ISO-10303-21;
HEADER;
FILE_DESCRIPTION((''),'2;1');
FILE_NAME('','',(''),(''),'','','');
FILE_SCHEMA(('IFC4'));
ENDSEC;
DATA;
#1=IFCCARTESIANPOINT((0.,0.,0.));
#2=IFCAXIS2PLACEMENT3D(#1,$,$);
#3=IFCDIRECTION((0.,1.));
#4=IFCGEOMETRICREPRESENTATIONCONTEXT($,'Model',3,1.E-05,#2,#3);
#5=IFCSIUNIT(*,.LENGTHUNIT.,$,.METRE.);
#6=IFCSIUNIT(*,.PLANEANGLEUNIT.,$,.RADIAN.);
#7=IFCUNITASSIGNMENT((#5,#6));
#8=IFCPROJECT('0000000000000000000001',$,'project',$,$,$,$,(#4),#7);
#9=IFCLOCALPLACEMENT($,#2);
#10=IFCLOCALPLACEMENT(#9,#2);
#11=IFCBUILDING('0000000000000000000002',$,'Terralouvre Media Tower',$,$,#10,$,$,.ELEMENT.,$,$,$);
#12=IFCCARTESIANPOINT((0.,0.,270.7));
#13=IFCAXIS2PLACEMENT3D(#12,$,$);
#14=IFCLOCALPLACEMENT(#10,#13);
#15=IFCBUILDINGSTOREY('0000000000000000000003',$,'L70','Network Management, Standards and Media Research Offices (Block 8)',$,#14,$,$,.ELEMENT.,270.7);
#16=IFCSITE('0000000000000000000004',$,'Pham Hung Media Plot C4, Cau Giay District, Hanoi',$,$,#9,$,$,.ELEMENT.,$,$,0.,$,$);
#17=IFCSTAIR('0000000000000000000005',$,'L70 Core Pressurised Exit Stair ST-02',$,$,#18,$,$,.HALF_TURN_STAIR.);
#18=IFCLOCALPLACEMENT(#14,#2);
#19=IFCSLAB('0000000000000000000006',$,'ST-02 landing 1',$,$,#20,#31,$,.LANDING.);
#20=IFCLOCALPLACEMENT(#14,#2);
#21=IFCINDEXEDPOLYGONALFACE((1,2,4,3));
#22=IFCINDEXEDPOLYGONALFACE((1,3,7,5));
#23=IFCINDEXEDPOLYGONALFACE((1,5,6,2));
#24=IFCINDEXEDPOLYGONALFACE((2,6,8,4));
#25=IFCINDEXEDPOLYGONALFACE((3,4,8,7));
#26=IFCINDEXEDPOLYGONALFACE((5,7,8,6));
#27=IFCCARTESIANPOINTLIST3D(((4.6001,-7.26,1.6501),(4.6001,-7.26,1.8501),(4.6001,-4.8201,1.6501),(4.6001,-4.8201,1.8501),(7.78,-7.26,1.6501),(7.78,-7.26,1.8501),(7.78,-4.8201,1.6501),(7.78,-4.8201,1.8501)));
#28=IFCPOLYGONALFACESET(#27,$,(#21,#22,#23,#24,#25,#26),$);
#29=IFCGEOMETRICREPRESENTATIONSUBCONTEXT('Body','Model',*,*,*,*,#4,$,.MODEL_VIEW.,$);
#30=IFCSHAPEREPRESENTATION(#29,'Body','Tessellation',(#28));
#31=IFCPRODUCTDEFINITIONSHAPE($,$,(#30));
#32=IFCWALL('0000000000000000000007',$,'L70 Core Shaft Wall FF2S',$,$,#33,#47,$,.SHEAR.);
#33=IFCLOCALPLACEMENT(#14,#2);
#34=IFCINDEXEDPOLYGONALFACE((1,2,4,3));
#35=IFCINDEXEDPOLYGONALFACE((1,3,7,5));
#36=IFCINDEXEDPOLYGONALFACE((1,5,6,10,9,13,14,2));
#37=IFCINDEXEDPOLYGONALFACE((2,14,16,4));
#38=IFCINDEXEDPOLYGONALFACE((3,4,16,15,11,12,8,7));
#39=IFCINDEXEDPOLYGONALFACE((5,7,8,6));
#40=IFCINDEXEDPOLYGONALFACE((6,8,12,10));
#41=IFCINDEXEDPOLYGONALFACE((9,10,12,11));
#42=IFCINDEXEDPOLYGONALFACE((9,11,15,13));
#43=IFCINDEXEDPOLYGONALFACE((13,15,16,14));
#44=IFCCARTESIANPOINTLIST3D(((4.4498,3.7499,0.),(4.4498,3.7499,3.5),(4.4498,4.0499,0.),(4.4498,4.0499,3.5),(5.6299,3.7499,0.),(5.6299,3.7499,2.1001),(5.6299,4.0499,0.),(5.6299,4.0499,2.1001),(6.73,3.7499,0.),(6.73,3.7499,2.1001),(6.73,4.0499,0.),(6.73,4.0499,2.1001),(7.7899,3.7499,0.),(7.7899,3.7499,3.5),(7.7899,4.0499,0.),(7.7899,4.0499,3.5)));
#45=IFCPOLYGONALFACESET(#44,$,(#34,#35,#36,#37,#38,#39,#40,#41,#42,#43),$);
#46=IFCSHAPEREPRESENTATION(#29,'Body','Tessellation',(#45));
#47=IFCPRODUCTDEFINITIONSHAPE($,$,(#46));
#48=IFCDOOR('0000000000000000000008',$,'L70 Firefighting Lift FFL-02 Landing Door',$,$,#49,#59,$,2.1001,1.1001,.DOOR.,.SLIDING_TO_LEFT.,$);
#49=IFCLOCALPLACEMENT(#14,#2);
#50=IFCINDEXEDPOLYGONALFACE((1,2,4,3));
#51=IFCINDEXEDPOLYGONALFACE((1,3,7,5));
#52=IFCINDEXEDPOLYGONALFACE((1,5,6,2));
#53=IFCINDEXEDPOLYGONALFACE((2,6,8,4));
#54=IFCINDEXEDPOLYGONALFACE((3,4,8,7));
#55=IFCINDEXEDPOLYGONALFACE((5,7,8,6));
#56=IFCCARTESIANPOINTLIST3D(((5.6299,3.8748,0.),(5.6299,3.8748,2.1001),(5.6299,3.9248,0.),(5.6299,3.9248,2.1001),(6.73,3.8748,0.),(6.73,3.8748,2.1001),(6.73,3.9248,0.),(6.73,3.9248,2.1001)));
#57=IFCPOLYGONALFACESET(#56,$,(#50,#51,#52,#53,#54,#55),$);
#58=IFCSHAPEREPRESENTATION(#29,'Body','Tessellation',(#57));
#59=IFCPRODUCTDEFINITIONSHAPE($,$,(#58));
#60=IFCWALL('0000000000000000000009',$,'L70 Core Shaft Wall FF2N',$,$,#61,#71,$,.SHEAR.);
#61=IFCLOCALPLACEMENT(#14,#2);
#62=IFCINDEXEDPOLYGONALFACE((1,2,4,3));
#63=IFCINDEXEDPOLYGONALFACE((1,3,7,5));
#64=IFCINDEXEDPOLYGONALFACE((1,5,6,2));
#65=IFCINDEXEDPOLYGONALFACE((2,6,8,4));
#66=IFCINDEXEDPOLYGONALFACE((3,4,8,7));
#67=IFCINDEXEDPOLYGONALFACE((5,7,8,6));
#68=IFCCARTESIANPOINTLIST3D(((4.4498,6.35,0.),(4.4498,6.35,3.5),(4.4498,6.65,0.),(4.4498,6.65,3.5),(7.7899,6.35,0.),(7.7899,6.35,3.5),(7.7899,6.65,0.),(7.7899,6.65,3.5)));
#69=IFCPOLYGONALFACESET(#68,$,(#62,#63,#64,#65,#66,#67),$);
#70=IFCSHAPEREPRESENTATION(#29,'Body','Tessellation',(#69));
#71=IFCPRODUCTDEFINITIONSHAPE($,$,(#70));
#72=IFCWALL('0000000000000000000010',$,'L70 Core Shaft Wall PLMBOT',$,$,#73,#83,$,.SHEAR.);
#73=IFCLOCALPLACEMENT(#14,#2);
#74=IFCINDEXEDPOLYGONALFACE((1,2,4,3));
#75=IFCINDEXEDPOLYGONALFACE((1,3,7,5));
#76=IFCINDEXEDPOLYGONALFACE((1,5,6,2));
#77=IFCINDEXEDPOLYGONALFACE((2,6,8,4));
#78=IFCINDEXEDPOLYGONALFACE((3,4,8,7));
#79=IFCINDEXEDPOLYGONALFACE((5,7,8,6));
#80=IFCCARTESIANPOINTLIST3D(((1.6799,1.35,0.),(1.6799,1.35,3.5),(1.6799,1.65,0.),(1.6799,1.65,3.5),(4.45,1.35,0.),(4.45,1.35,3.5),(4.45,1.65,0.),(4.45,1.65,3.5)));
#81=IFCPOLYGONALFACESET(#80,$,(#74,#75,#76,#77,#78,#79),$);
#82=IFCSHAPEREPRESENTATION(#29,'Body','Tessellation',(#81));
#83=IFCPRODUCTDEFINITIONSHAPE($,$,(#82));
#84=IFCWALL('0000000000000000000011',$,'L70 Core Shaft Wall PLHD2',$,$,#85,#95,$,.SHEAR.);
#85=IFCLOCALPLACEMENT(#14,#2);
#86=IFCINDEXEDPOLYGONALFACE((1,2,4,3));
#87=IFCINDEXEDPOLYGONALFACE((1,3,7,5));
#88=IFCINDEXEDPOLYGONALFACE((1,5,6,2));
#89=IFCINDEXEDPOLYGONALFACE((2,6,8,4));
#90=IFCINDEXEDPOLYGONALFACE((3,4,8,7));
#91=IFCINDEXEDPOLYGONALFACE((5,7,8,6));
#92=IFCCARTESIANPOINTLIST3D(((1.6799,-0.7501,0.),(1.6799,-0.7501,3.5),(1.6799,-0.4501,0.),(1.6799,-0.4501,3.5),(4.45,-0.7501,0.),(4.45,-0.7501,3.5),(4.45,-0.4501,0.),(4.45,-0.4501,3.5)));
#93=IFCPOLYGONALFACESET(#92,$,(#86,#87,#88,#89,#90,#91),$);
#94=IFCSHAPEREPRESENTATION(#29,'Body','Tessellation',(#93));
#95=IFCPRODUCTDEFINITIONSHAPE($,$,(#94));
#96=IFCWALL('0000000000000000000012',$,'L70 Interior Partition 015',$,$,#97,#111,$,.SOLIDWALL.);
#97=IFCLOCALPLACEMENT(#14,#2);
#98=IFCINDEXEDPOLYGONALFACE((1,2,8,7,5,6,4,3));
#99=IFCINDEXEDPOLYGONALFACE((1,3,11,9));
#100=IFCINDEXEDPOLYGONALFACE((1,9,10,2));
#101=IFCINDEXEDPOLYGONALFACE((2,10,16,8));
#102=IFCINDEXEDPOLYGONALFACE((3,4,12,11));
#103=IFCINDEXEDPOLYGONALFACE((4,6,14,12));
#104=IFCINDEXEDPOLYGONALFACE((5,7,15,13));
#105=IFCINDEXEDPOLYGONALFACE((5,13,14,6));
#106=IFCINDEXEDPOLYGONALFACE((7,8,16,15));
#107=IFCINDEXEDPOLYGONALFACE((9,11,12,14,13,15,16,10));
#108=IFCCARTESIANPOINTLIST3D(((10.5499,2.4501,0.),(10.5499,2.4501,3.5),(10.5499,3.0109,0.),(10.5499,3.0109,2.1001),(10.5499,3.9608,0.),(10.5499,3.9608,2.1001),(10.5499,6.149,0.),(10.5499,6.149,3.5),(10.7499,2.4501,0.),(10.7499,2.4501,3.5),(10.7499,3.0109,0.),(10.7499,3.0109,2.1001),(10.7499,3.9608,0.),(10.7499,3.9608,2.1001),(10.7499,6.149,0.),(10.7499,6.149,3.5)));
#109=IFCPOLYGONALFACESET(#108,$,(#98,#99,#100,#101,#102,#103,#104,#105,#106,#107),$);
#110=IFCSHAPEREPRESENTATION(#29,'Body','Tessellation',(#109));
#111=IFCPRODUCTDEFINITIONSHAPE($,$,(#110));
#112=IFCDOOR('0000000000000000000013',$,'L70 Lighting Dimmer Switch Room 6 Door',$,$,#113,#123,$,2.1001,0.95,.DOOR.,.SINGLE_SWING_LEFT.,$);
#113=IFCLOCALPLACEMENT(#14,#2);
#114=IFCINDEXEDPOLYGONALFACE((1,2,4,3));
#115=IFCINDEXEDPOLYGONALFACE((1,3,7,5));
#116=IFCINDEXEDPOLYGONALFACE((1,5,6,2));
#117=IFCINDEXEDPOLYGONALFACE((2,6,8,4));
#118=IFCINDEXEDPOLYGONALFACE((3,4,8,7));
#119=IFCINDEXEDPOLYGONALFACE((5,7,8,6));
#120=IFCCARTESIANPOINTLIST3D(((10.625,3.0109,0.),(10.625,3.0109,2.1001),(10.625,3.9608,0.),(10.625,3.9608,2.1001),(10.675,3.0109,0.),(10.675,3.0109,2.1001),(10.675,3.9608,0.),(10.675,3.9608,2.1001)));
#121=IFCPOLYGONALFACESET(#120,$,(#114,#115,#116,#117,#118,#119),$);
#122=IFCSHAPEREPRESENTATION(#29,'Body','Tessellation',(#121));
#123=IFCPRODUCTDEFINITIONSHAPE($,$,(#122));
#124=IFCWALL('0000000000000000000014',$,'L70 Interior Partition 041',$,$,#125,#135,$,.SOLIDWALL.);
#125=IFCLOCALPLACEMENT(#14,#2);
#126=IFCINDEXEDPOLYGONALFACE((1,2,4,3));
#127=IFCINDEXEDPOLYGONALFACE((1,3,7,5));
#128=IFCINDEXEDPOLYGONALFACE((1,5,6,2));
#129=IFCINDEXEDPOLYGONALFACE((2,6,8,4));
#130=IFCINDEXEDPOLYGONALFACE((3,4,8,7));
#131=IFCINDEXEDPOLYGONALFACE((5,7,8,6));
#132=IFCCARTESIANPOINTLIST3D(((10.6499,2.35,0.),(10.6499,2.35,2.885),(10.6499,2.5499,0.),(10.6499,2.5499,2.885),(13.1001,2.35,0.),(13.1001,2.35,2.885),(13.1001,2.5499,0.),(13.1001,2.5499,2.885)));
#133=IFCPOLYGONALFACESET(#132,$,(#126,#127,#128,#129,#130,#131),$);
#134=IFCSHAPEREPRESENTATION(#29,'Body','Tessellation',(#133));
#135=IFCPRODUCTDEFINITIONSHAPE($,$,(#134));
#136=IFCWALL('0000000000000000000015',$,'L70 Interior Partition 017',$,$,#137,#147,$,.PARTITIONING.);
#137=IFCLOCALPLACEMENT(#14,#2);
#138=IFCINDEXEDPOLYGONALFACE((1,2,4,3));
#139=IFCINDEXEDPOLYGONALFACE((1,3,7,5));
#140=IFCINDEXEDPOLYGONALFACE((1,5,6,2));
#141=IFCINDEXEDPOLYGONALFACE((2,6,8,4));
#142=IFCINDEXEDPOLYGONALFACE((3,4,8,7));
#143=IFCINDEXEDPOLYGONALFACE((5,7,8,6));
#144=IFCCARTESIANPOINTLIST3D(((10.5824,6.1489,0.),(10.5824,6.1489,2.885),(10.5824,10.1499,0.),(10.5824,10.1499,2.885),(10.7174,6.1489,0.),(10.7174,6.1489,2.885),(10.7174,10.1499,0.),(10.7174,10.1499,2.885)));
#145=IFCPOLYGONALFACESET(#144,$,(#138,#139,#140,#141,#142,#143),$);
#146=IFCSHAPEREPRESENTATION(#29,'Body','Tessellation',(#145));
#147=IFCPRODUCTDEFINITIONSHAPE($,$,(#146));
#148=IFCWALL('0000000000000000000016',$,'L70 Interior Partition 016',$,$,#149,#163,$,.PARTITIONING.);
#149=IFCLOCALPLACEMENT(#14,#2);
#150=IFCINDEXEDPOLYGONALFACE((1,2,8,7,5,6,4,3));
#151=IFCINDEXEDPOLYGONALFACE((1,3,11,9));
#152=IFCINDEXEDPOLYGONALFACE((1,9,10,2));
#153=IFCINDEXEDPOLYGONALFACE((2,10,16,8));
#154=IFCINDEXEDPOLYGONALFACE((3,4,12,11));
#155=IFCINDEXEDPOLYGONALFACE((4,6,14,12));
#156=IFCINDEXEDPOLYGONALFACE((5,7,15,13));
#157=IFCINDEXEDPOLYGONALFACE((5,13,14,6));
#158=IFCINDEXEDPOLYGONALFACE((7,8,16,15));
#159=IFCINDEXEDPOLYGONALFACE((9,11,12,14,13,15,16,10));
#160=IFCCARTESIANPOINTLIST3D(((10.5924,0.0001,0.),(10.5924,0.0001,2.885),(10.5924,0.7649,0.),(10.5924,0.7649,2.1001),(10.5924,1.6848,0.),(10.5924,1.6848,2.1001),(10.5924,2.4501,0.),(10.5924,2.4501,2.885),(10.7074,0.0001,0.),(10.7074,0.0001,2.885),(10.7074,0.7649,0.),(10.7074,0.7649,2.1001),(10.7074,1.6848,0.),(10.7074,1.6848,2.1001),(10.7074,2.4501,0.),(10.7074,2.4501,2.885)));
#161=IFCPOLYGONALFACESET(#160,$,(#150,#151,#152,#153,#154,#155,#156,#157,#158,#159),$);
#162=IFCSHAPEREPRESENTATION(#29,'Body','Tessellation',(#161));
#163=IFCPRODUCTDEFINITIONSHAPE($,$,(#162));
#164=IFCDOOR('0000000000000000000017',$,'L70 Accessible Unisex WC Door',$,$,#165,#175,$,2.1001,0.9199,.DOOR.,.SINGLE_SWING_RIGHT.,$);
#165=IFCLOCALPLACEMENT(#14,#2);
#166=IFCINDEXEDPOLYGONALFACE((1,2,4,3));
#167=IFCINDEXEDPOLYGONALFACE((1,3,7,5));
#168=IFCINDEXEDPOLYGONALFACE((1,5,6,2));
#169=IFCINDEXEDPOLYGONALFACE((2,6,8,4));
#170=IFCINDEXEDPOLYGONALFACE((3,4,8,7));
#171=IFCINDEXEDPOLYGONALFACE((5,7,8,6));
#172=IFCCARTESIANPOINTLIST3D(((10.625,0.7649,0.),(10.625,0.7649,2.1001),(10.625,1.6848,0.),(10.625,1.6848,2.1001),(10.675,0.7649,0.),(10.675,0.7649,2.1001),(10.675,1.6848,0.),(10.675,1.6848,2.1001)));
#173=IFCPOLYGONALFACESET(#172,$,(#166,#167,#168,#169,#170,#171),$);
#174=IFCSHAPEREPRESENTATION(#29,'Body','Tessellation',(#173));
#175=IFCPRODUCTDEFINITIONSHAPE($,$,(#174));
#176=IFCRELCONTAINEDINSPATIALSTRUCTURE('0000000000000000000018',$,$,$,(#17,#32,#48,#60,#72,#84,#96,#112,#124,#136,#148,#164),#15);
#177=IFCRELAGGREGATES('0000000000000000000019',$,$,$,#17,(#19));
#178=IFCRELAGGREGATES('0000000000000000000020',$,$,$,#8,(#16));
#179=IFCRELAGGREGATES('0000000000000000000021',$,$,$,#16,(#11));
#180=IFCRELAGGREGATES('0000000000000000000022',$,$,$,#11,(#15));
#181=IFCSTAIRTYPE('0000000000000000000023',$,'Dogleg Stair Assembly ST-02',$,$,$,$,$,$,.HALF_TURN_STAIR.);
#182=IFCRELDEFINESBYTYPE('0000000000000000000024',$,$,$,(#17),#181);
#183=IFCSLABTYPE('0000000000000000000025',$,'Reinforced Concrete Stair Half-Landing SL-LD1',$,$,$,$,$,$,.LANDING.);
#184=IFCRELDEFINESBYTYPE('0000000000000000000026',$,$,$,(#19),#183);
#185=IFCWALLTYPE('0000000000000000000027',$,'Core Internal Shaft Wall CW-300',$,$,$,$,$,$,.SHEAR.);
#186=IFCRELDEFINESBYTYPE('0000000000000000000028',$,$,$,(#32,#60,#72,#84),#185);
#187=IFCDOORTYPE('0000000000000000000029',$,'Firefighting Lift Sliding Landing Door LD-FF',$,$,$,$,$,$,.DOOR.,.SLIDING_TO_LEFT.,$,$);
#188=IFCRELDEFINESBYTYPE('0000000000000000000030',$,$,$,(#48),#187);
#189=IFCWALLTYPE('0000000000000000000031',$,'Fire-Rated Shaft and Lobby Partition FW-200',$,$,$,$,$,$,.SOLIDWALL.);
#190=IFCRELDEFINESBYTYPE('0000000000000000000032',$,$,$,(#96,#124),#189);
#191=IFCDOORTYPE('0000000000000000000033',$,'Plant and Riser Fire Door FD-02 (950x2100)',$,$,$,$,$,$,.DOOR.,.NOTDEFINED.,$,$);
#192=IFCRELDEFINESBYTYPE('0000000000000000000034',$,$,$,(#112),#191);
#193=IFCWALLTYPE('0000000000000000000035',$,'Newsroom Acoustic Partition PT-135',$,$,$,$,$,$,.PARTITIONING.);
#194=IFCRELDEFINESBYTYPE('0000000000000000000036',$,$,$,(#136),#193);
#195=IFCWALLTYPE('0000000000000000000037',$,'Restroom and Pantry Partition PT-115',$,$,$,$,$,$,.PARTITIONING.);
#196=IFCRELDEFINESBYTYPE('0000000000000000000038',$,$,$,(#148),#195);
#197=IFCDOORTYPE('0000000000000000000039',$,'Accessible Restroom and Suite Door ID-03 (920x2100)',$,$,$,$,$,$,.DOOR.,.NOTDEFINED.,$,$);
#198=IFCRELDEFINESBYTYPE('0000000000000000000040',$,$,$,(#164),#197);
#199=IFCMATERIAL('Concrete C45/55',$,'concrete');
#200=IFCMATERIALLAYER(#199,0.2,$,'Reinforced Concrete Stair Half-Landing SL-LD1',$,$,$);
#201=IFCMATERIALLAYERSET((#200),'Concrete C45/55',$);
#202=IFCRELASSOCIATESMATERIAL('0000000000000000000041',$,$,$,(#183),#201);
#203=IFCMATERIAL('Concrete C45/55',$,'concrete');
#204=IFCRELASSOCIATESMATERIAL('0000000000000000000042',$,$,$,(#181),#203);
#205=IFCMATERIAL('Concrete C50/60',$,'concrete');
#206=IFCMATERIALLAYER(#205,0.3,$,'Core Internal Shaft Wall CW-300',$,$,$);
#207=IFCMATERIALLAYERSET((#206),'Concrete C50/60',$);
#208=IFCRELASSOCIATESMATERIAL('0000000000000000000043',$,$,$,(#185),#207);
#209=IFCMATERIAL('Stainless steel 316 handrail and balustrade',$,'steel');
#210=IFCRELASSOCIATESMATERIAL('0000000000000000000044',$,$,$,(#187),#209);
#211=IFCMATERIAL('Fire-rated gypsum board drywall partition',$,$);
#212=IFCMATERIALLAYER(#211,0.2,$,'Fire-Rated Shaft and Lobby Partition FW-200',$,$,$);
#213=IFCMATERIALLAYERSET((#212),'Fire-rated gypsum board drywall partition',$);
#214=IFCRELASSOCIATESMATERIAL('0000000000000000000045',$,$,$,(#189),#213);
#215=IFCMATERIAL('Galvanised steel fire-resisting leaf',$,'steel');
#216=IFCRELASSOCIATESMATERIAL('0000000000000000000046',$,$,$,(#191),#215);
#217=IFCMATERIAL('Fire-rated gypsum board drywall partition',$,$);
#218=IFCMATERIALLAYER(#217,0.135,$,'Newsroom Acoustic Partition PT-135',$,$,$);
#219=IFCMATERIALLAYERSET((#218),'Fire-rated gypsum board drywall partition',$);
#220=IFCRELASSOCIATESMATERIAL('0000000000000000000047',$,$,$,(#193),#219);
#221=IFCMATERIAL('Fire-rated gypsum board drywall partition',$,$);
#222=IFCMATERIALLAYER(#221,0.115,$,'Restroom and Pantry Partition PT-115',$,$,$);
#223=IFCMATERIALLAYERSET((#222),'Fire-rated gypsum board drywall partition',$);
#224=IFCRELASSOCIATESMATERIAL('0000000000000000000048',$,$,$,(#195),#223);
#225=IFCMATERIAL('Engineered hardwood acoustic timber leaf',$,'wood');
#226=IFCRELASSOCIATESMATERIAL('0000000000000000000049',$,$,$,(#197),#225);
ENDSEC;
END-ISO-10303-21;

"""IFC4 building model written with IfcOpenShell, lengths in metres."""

from ifc_helpers import new_model, si_unit, direction, frame, frame_2d, origin, place, context, subcontext, project, spatial, polyline, rectangle, outline, extrude, material, layer, layer_set, type_object, element, fill, aggregate, save


model = new_model("IFC4")

# Units and contexts
model_context = context("Model", 3, precision=1e-05, world=origin(), true_north=direction((0.0, 1.0)))
body_context = subcontext(model_context, "Body", "Model", "MODEL_VIEW")
ifc_project = project(units=[si_unit("LENGTHUNIT", "METRE"), si_unit("PLANEANGLEUNIT", "RADIAN")], contexts=[model_context])

# Site, building, storey
site_placement = place(None, origin())
site = spatial("IfcSite", under=ifc_project, at=site_placement, Name="Pham Hung Media Plot C4, Cau Giay District, Hanoi", CompositionType="ELEMENT", RefElevation=0.0)
building_placement = place(site_placement, origin())
building = spatial("IfcBuilding", under=site, at=building_placement, Name="Terralouvre Media Tower", CompositionType="ELEMENT")
storey_placement = place(building_placement, frame((0.0, 0.0, 270.7)))
storey = spatial("IfcBuildingStorey", under=building, at=storey_placement, Name="L70", Description="Network Management, Standards and Media Research Offices (Block 8)", CompositionType="ELEMENT", Elevation=270.7)

# Stair, slab
ifc_material_1 = material(Name="Concrete C45/55", Category="concrete")
ifc_layer_1 = layer(ifc_material_1, 0.2, Name="Reinforced Concrete Stair Half-Landing SL-LD1")
ifc_layer_set_1 = layer_set([ifc_layer_1], Name="Concrete C45/55")
slab_type = type_object("IfcSlabType", Name="Reinforced Concrete Stair Half-Landing SL-LD1", PredefinedType="LANDING", material=ifc_layer_set_1)
ifc_material_2 = material(Name="Concrete C45/55", Category="concrete")
stair_type_1 = type_object("IfcStairType", Name="Dogleg Stair Assembly ST-02", PredefinedType="HALF_TURN_STAIR", material=ifc_material_2)
stair_1_placement = place(storey_placement, origin())
stair_1 = element("IfcStair", 1, at=stair_1_placement, inside=storey, type_object=stair_type_1, Name="L70 Core Pressurised Exit Stair ST-02", PredefinedType="HALF_TURN_STAIR")
slab_1_placement = place(storey_placement, frame((0.0, 0.0, 1.6501)))
slab_1 = element("IfcSlab", 2, at=slab_1_placement, type_object=slab_type, Name="ST-02 landing 1", PredefinedType="LANDING", context=body_context, shape_type="SweptSolid", body=[
    extrude(outline(polyline([(4.6001, -4.8201), (4.6001, -7.26), (7.78, -7.26), (7.78, -4.8201), (4.6001, -4.8201)])), origin(), (0.0, 0.0, 1.0), 0.2),
])
aggregate(stair_1, [slab_1])

# Wall, opening, door
ifc_material_3 = material(Name="Concrete C50/60", Category="concrete")
ifc_layer_2 = layer(ifc_material_3, 0.3, Name="Core Internal Shaft Wall CW-300")
ifc_layer_set_2 = layer_set([ifc_layer_2], Name="Concrete C50/60")
wall_type_1 = type_object("IfcWallType", Name="Core Internal Shaft Wall CW-300", PredefinedType="SHEAR", material=ifc_layer_set_2)
wall_1_placement = place(storey_placement, frame((4.45, 3.8999, 0.0), z_axis=(0.0, 0.0, 1.0), x_axis=(1.0, 0.0, 0.0)))
wall_1 = element("IfcWall", 3, at=wall_1_placement, inside=storey, type_object=wall_type_1, Name="L70 Core Shaft Wall FF2S", PredefinedType="SHEAR", context=body_context, shape_type="SweptSolid", body=[
    extrude(rectangle(XDim=3.3401, YDim=0.3, at=frame_2d((1.6699, 0.0))), origin(), (0.0, 0.0, 1.0), 3.5),
])
opening_1_placement = place(wall_1_placement, frame((1.1799, 0.0, 0.0)))
opening_1 = element("IfcOpeningElement", 4, at=opening_1_placement, cuts=wall_1, PredefinedType="OPENING", context=body_context, shape_type="SweptSolid", body=[
    extrude(rectangle(XDim=1.1001, YDim=2.1001, at=frame_2d((0.55, 1.05))), frame((0.0, 0.1599, 0.0), z_axis=(0.0, -1.0, 0.0), x_axis=(1.0, 0.0, 0.0)), (0.0, 0.0, 1.0), 0.3201),
])
ifc_material_4 = material(Name="Stainless steel 316 handrail and balustrade", Category="steel")
door_type_1 = type_object("IfcDoorType", Name="Firefighting Lift Sliding Landing Door LD-FF", OperationType="SLIDING_TO_LEFT", PredefinedType="DOOR", material=ifc_material_4)
door_1_placement = place(opening_1_placement, origin())
door_1 = element("IfcDoor", 5, at=door_1_placement, inside=storey, type_object=door_type_1, Name="L70 Firefighting Lift FFL-02 Landing Door", OperationType="SLIDING_TO_LEFT", OverallHeight=2.1001, OverallWidth=1.1001, PredefinedType="DOOR", context=body_context, shape_type="SweptSolid", body=[
    extrude(rectangle(XDim=1.1001, YDim=2.1001, at=frame_2d((0.55, 1.05))), frame((0.0, 0.0249, 0.0), z_axis=(0.0, -1.0, 0.0), x_axis=(1.0, 0.0, 0.0)), (0.0, 0.0, 1.0), 0.05),
])
fill(opening_1, door_1)

# Walls
wall_2_placement = place(storey_placement, frame((4.45, 6.5, 0.0), z_axis=(0.0, 0.0, 1.0), x_axis=(1.0, 0.0, 0.0)))
element("IfcWall", 6, at=wall_2_placement, inside=storey, type_object=wall_type_1, Name="L70 Core Shaft Wall FF2N", PredefinedType="SHEAR", context=body_context, shape_type="SweptSolid", body=[
    extrude(rectangle(XDim=3.3401, YDim=0.3, at=frame_2d((1.6699, 0.0))), origin(), (0.0, 0.0, 1.0), 3.5),
])
for number, where, z_axis, x_axis, name in (
    (7, (1.6799, 1.5, 0.0), (0.0, 0.0, 1.0), (1.0, 0.0, 0.0), "L70 Core Shaft Wall PLMBOT"),
    (8, (1.6799, -0.6001, 0.0), (0.0, 0.0, 1.0), (1.0, 0.0, 0.0), "L70 Core Shaft Wall PLHD2"),
):
    element("IfcWall", number, at=place(storey_placement, frame(where, z_axis=z_axis, x_axis=x_axis)), inside=storey, type_object=wall_type_1, Name=name, PredefinedType="SHEAR", context=body_context, shape_type="SweptSolid", body=[
        extrude(rectangle(XDim=2.77, YDim=0.3, at=frame_2d((1.385, 0.0))), origin(), (0.0, 0.0, 1.0), 3.5),
    ])

# Wall, opening, door
ifc_material_5 = material(Name="Fire-rated gypsum board drywall partition")
ifc_layer_3 = layer(ifc_material_5, 0.2, Name="Fire-Rated Shaft and Lobby Partition FW-200")
ifc_layer_set_3 = layer_set([ifc_layer_3], Name="Fire-rated gypsum board drywall partition")
wall_type_2 = type_object("IfcWallType", Name="Fire-Rated Shaft and Lobby Partition FW-200", PredefinedType="SOLIDWALL", material=ifc_layer_set_3)
wall_3_placement = place(storey_placement, frame((10.6499, 2.45, 0.0), z_axis=(0.0, 0.0, 1.0), x_axis=(0.0, 1.0, 0.0)))
wall_3 = element("IfcWall", 9, at=wall_3_placement, inside=storey, type_object=wall_type_2, Name="L70 Interior Partition 015", PredefinedType="SOLIDWALL", context=body_context, shape_type="SweptSolid", body=[
    extrude(rectangle(XDim=3.699, YDim=0.2, at=frame_2d((1.8496, 0.0))), origin(), (0.0, 0.0, 1.0), 3.5),
])
opening_2_placement = place(wall_3_placement, frame((0.5608, 0.0, 0.0)))
opening_2 = element("IfcOpeningElement", 10, at=opening_2_placement, cuts=wall_3, PredefinedType="OPENING", context=body_context, shape_type="SweptSolid", body=[
    extrude(rectangle(XDim=0.95, YDim=2.1001, at=frame_2d((0.4751, 1.05))), frame((0.0, 0.1099, 0.0), z_axis=(0.0, -1.0, 0.0), x_axis=(1.0, 0.0, 0.0)), (0.0, 0.0, 1.0), 0.22),
])
ifc_material_6 = material(Name="Galvanised steel fire-resisting leaf", Category="steel")
door_type_2 = type_object("IfcDoorType", Name="Plant and Riser Fire Door FD-02 (950x2100)", OperationType="NOTDEFINED", PredefinedType="DOOR", material=ifc_material_6)
door_2_placement = place(opening_2_placement, origin())
door_2 = element("IfcDoor", 11, at=door_2_placement, inside=storey, type_object=door_type_2, Name="L70 Lighting Dimmer Switch Room 6 Door", OperationType="SINGLE_SWING_LEFT", OverallHeight=2.1001, OverallWidth=0.95, PredefinedType="DOOR", context=body_context, shape_type="SweptSolid", body=[
    extrude(rectangle(XDim=0.95, YDim=2.1001, at=frame_2d((0.4751, 1.05))), frame((0.0, 0.0249, 0.0), z_axis=(0.0, -1.0, 0.0), x_axis=(1.0, 0.0, 0.0)), (0.0, 0.0, 1.0), 0.05),
])
fill(opening_2, door_2)

# Walls
wall_4_placement = place(storey_placement, frame((10.6499, 2.45, 0.0), z_axis=(0.0, 0.0, 1.0), x_axis=(1.0, 0.0, 0.0)))
element("IfcWall", 12, at=wall_4_placement, inside=storey, type_object=wall_type_2, Name="L70 Interior Partition 041", PredefinedType="SOLIDWALL", context=body_context, shape_type="SweptSolid", body=[
    extrude(rectangle(XDim=2.4502, YDim=0.2, at=frame_2d((1.2251, 0.0))), origin(), (0.0, 0.0, 1.0), 2.885),
])
ifc_material_7 = material(Name="Fire-rated gypsum board drywall partition")
ifc_layer_4 = layer(ifc_material_7, 0.135, Name="Newsroom Acoustic Partition PT-135")
ifc_layer_set_4 = layer_set([ifc_layer_4], Name="Fire-rated gypsum board drywall partition")
wall_type_3 = type_object("IfcWallType", Name="Newsroom Acoustic Partition PT-135", PredefinedType="PARTITIONING", material=ifc_layer_set_4)
wall_5_placement = place(storey_placement, frame((10.6499, 6.1489, 0.0), z_axis=(0.0, 0.0, 1.0), x_axis=(0.0, 1.0, 0.0)))
element("IfcWall", 13, at=wall_5_placement, inside=storey, type_object=wall_type_3, Name="L70 Interior Partition 017", PredefinedType="PARTITIONING", context=body_context, shape_type="SweptSolid", body=[
    extrude(rectangle(XDim=4.001, YDim=0.135, at=frame_2d((2.0005, 0.0))), origin(), (0.0, 0.0, 1.0), 2.885),
])

# Wall, opening, door
ifc_material_8 = material(Name="Fire-rated gypsum board drywall partition")
ifc_layer_5 = layer(ifc_material_8, 0.115, Name="Restroom and Pantry Partition PT-115")
ifc_layer_set_5 = layer_set([ifc_layer_5], Name="Fire-rated gypsum board drywall partition")
wall_type_4 = type_object("IfcWallType", Name="Restroom and Pantry Partition PT-115", PredefinedType="PARTITIONING", material=ifc_layer_set_5)
wall_6_placement = place(storey_placement, frame((10.6499, 0.0, 0.0), z_axis=(0.0, 0.0, 1.0), x_axis=(0.0, 1.0, 0.0)))
wall_6 = element("IfcWall", 14, at=wall_6_placement, inside=storey, type_object=wall_type_4, Name="L70 Interior Partition 016", PredefinedType="PARTITIONING", context=body_context, shape_type="SweptSolid", body=[
    extrude(rectangle(XDim=2.45, YDim=0.115, at=frame_2d((1.2251, 0.0))), origin(), (0.0, 0.0, 1.0), 2.885),
])
opening_3_placement = place(wall_6_placement, frame((0.7649, 0.0, 0.0)))
opening_3 = element("IfcOpeningElement", 15, at=opening_3_placement, cuts=wall_6, PredefinedType="OPENING", context=body_context, shape_type="SweptSolid", body=[
    extrude(rectangle(XDim=0.9199, YDim=2.1001, at=frame_2d((0.46, 1.05))), frame((0.0, 0.0674, 0.0), z_axis=(0.0, -1.0, 0.0), x_axis=(1.0, 0.0, 0.0)), (0.0, 0.0, 1.0), 0.135),
])
ifc_material_9 = material(Name="Engineered hardwood acoustic timber leaf", Category="wood")
door_type_3 = type_object("IfcDoorType", Name="Accessible Restroom and Suite Door ID-03 (920x2100)", OperationType="NOTDEFINED", PredefinedType="DOOR", material=ifc_material_9)
door_3_placement = place(opening_3_placement, origin())
door_3 = element("IfcDoor", 16, at=door_3_placement, inside=storey, type_object=door_type_3, Name="L70 Accessible Unisex WC Door", OperationType="SINGLE_SWING_RIGHT", OverallHeight=2.1001, OverallWidth=0.9199, PredefinedType="DOOR", context=body_context, shape_type="SweptSolid", body=[
    extrude(rectangle(XDim=0.9199, YDim=2.1001, at=frame_2d((0.46, 1.05))), frame((0.0, 0.0249, 0.0), z_axis=(0.0, -1.0, 0.0), x_axis=(1.0, 0.0, 0.0)), (0.0, 0.0, 1.0), 0.05),
])
fill(opening_3, door_3)

save(model, "model.ifc")
